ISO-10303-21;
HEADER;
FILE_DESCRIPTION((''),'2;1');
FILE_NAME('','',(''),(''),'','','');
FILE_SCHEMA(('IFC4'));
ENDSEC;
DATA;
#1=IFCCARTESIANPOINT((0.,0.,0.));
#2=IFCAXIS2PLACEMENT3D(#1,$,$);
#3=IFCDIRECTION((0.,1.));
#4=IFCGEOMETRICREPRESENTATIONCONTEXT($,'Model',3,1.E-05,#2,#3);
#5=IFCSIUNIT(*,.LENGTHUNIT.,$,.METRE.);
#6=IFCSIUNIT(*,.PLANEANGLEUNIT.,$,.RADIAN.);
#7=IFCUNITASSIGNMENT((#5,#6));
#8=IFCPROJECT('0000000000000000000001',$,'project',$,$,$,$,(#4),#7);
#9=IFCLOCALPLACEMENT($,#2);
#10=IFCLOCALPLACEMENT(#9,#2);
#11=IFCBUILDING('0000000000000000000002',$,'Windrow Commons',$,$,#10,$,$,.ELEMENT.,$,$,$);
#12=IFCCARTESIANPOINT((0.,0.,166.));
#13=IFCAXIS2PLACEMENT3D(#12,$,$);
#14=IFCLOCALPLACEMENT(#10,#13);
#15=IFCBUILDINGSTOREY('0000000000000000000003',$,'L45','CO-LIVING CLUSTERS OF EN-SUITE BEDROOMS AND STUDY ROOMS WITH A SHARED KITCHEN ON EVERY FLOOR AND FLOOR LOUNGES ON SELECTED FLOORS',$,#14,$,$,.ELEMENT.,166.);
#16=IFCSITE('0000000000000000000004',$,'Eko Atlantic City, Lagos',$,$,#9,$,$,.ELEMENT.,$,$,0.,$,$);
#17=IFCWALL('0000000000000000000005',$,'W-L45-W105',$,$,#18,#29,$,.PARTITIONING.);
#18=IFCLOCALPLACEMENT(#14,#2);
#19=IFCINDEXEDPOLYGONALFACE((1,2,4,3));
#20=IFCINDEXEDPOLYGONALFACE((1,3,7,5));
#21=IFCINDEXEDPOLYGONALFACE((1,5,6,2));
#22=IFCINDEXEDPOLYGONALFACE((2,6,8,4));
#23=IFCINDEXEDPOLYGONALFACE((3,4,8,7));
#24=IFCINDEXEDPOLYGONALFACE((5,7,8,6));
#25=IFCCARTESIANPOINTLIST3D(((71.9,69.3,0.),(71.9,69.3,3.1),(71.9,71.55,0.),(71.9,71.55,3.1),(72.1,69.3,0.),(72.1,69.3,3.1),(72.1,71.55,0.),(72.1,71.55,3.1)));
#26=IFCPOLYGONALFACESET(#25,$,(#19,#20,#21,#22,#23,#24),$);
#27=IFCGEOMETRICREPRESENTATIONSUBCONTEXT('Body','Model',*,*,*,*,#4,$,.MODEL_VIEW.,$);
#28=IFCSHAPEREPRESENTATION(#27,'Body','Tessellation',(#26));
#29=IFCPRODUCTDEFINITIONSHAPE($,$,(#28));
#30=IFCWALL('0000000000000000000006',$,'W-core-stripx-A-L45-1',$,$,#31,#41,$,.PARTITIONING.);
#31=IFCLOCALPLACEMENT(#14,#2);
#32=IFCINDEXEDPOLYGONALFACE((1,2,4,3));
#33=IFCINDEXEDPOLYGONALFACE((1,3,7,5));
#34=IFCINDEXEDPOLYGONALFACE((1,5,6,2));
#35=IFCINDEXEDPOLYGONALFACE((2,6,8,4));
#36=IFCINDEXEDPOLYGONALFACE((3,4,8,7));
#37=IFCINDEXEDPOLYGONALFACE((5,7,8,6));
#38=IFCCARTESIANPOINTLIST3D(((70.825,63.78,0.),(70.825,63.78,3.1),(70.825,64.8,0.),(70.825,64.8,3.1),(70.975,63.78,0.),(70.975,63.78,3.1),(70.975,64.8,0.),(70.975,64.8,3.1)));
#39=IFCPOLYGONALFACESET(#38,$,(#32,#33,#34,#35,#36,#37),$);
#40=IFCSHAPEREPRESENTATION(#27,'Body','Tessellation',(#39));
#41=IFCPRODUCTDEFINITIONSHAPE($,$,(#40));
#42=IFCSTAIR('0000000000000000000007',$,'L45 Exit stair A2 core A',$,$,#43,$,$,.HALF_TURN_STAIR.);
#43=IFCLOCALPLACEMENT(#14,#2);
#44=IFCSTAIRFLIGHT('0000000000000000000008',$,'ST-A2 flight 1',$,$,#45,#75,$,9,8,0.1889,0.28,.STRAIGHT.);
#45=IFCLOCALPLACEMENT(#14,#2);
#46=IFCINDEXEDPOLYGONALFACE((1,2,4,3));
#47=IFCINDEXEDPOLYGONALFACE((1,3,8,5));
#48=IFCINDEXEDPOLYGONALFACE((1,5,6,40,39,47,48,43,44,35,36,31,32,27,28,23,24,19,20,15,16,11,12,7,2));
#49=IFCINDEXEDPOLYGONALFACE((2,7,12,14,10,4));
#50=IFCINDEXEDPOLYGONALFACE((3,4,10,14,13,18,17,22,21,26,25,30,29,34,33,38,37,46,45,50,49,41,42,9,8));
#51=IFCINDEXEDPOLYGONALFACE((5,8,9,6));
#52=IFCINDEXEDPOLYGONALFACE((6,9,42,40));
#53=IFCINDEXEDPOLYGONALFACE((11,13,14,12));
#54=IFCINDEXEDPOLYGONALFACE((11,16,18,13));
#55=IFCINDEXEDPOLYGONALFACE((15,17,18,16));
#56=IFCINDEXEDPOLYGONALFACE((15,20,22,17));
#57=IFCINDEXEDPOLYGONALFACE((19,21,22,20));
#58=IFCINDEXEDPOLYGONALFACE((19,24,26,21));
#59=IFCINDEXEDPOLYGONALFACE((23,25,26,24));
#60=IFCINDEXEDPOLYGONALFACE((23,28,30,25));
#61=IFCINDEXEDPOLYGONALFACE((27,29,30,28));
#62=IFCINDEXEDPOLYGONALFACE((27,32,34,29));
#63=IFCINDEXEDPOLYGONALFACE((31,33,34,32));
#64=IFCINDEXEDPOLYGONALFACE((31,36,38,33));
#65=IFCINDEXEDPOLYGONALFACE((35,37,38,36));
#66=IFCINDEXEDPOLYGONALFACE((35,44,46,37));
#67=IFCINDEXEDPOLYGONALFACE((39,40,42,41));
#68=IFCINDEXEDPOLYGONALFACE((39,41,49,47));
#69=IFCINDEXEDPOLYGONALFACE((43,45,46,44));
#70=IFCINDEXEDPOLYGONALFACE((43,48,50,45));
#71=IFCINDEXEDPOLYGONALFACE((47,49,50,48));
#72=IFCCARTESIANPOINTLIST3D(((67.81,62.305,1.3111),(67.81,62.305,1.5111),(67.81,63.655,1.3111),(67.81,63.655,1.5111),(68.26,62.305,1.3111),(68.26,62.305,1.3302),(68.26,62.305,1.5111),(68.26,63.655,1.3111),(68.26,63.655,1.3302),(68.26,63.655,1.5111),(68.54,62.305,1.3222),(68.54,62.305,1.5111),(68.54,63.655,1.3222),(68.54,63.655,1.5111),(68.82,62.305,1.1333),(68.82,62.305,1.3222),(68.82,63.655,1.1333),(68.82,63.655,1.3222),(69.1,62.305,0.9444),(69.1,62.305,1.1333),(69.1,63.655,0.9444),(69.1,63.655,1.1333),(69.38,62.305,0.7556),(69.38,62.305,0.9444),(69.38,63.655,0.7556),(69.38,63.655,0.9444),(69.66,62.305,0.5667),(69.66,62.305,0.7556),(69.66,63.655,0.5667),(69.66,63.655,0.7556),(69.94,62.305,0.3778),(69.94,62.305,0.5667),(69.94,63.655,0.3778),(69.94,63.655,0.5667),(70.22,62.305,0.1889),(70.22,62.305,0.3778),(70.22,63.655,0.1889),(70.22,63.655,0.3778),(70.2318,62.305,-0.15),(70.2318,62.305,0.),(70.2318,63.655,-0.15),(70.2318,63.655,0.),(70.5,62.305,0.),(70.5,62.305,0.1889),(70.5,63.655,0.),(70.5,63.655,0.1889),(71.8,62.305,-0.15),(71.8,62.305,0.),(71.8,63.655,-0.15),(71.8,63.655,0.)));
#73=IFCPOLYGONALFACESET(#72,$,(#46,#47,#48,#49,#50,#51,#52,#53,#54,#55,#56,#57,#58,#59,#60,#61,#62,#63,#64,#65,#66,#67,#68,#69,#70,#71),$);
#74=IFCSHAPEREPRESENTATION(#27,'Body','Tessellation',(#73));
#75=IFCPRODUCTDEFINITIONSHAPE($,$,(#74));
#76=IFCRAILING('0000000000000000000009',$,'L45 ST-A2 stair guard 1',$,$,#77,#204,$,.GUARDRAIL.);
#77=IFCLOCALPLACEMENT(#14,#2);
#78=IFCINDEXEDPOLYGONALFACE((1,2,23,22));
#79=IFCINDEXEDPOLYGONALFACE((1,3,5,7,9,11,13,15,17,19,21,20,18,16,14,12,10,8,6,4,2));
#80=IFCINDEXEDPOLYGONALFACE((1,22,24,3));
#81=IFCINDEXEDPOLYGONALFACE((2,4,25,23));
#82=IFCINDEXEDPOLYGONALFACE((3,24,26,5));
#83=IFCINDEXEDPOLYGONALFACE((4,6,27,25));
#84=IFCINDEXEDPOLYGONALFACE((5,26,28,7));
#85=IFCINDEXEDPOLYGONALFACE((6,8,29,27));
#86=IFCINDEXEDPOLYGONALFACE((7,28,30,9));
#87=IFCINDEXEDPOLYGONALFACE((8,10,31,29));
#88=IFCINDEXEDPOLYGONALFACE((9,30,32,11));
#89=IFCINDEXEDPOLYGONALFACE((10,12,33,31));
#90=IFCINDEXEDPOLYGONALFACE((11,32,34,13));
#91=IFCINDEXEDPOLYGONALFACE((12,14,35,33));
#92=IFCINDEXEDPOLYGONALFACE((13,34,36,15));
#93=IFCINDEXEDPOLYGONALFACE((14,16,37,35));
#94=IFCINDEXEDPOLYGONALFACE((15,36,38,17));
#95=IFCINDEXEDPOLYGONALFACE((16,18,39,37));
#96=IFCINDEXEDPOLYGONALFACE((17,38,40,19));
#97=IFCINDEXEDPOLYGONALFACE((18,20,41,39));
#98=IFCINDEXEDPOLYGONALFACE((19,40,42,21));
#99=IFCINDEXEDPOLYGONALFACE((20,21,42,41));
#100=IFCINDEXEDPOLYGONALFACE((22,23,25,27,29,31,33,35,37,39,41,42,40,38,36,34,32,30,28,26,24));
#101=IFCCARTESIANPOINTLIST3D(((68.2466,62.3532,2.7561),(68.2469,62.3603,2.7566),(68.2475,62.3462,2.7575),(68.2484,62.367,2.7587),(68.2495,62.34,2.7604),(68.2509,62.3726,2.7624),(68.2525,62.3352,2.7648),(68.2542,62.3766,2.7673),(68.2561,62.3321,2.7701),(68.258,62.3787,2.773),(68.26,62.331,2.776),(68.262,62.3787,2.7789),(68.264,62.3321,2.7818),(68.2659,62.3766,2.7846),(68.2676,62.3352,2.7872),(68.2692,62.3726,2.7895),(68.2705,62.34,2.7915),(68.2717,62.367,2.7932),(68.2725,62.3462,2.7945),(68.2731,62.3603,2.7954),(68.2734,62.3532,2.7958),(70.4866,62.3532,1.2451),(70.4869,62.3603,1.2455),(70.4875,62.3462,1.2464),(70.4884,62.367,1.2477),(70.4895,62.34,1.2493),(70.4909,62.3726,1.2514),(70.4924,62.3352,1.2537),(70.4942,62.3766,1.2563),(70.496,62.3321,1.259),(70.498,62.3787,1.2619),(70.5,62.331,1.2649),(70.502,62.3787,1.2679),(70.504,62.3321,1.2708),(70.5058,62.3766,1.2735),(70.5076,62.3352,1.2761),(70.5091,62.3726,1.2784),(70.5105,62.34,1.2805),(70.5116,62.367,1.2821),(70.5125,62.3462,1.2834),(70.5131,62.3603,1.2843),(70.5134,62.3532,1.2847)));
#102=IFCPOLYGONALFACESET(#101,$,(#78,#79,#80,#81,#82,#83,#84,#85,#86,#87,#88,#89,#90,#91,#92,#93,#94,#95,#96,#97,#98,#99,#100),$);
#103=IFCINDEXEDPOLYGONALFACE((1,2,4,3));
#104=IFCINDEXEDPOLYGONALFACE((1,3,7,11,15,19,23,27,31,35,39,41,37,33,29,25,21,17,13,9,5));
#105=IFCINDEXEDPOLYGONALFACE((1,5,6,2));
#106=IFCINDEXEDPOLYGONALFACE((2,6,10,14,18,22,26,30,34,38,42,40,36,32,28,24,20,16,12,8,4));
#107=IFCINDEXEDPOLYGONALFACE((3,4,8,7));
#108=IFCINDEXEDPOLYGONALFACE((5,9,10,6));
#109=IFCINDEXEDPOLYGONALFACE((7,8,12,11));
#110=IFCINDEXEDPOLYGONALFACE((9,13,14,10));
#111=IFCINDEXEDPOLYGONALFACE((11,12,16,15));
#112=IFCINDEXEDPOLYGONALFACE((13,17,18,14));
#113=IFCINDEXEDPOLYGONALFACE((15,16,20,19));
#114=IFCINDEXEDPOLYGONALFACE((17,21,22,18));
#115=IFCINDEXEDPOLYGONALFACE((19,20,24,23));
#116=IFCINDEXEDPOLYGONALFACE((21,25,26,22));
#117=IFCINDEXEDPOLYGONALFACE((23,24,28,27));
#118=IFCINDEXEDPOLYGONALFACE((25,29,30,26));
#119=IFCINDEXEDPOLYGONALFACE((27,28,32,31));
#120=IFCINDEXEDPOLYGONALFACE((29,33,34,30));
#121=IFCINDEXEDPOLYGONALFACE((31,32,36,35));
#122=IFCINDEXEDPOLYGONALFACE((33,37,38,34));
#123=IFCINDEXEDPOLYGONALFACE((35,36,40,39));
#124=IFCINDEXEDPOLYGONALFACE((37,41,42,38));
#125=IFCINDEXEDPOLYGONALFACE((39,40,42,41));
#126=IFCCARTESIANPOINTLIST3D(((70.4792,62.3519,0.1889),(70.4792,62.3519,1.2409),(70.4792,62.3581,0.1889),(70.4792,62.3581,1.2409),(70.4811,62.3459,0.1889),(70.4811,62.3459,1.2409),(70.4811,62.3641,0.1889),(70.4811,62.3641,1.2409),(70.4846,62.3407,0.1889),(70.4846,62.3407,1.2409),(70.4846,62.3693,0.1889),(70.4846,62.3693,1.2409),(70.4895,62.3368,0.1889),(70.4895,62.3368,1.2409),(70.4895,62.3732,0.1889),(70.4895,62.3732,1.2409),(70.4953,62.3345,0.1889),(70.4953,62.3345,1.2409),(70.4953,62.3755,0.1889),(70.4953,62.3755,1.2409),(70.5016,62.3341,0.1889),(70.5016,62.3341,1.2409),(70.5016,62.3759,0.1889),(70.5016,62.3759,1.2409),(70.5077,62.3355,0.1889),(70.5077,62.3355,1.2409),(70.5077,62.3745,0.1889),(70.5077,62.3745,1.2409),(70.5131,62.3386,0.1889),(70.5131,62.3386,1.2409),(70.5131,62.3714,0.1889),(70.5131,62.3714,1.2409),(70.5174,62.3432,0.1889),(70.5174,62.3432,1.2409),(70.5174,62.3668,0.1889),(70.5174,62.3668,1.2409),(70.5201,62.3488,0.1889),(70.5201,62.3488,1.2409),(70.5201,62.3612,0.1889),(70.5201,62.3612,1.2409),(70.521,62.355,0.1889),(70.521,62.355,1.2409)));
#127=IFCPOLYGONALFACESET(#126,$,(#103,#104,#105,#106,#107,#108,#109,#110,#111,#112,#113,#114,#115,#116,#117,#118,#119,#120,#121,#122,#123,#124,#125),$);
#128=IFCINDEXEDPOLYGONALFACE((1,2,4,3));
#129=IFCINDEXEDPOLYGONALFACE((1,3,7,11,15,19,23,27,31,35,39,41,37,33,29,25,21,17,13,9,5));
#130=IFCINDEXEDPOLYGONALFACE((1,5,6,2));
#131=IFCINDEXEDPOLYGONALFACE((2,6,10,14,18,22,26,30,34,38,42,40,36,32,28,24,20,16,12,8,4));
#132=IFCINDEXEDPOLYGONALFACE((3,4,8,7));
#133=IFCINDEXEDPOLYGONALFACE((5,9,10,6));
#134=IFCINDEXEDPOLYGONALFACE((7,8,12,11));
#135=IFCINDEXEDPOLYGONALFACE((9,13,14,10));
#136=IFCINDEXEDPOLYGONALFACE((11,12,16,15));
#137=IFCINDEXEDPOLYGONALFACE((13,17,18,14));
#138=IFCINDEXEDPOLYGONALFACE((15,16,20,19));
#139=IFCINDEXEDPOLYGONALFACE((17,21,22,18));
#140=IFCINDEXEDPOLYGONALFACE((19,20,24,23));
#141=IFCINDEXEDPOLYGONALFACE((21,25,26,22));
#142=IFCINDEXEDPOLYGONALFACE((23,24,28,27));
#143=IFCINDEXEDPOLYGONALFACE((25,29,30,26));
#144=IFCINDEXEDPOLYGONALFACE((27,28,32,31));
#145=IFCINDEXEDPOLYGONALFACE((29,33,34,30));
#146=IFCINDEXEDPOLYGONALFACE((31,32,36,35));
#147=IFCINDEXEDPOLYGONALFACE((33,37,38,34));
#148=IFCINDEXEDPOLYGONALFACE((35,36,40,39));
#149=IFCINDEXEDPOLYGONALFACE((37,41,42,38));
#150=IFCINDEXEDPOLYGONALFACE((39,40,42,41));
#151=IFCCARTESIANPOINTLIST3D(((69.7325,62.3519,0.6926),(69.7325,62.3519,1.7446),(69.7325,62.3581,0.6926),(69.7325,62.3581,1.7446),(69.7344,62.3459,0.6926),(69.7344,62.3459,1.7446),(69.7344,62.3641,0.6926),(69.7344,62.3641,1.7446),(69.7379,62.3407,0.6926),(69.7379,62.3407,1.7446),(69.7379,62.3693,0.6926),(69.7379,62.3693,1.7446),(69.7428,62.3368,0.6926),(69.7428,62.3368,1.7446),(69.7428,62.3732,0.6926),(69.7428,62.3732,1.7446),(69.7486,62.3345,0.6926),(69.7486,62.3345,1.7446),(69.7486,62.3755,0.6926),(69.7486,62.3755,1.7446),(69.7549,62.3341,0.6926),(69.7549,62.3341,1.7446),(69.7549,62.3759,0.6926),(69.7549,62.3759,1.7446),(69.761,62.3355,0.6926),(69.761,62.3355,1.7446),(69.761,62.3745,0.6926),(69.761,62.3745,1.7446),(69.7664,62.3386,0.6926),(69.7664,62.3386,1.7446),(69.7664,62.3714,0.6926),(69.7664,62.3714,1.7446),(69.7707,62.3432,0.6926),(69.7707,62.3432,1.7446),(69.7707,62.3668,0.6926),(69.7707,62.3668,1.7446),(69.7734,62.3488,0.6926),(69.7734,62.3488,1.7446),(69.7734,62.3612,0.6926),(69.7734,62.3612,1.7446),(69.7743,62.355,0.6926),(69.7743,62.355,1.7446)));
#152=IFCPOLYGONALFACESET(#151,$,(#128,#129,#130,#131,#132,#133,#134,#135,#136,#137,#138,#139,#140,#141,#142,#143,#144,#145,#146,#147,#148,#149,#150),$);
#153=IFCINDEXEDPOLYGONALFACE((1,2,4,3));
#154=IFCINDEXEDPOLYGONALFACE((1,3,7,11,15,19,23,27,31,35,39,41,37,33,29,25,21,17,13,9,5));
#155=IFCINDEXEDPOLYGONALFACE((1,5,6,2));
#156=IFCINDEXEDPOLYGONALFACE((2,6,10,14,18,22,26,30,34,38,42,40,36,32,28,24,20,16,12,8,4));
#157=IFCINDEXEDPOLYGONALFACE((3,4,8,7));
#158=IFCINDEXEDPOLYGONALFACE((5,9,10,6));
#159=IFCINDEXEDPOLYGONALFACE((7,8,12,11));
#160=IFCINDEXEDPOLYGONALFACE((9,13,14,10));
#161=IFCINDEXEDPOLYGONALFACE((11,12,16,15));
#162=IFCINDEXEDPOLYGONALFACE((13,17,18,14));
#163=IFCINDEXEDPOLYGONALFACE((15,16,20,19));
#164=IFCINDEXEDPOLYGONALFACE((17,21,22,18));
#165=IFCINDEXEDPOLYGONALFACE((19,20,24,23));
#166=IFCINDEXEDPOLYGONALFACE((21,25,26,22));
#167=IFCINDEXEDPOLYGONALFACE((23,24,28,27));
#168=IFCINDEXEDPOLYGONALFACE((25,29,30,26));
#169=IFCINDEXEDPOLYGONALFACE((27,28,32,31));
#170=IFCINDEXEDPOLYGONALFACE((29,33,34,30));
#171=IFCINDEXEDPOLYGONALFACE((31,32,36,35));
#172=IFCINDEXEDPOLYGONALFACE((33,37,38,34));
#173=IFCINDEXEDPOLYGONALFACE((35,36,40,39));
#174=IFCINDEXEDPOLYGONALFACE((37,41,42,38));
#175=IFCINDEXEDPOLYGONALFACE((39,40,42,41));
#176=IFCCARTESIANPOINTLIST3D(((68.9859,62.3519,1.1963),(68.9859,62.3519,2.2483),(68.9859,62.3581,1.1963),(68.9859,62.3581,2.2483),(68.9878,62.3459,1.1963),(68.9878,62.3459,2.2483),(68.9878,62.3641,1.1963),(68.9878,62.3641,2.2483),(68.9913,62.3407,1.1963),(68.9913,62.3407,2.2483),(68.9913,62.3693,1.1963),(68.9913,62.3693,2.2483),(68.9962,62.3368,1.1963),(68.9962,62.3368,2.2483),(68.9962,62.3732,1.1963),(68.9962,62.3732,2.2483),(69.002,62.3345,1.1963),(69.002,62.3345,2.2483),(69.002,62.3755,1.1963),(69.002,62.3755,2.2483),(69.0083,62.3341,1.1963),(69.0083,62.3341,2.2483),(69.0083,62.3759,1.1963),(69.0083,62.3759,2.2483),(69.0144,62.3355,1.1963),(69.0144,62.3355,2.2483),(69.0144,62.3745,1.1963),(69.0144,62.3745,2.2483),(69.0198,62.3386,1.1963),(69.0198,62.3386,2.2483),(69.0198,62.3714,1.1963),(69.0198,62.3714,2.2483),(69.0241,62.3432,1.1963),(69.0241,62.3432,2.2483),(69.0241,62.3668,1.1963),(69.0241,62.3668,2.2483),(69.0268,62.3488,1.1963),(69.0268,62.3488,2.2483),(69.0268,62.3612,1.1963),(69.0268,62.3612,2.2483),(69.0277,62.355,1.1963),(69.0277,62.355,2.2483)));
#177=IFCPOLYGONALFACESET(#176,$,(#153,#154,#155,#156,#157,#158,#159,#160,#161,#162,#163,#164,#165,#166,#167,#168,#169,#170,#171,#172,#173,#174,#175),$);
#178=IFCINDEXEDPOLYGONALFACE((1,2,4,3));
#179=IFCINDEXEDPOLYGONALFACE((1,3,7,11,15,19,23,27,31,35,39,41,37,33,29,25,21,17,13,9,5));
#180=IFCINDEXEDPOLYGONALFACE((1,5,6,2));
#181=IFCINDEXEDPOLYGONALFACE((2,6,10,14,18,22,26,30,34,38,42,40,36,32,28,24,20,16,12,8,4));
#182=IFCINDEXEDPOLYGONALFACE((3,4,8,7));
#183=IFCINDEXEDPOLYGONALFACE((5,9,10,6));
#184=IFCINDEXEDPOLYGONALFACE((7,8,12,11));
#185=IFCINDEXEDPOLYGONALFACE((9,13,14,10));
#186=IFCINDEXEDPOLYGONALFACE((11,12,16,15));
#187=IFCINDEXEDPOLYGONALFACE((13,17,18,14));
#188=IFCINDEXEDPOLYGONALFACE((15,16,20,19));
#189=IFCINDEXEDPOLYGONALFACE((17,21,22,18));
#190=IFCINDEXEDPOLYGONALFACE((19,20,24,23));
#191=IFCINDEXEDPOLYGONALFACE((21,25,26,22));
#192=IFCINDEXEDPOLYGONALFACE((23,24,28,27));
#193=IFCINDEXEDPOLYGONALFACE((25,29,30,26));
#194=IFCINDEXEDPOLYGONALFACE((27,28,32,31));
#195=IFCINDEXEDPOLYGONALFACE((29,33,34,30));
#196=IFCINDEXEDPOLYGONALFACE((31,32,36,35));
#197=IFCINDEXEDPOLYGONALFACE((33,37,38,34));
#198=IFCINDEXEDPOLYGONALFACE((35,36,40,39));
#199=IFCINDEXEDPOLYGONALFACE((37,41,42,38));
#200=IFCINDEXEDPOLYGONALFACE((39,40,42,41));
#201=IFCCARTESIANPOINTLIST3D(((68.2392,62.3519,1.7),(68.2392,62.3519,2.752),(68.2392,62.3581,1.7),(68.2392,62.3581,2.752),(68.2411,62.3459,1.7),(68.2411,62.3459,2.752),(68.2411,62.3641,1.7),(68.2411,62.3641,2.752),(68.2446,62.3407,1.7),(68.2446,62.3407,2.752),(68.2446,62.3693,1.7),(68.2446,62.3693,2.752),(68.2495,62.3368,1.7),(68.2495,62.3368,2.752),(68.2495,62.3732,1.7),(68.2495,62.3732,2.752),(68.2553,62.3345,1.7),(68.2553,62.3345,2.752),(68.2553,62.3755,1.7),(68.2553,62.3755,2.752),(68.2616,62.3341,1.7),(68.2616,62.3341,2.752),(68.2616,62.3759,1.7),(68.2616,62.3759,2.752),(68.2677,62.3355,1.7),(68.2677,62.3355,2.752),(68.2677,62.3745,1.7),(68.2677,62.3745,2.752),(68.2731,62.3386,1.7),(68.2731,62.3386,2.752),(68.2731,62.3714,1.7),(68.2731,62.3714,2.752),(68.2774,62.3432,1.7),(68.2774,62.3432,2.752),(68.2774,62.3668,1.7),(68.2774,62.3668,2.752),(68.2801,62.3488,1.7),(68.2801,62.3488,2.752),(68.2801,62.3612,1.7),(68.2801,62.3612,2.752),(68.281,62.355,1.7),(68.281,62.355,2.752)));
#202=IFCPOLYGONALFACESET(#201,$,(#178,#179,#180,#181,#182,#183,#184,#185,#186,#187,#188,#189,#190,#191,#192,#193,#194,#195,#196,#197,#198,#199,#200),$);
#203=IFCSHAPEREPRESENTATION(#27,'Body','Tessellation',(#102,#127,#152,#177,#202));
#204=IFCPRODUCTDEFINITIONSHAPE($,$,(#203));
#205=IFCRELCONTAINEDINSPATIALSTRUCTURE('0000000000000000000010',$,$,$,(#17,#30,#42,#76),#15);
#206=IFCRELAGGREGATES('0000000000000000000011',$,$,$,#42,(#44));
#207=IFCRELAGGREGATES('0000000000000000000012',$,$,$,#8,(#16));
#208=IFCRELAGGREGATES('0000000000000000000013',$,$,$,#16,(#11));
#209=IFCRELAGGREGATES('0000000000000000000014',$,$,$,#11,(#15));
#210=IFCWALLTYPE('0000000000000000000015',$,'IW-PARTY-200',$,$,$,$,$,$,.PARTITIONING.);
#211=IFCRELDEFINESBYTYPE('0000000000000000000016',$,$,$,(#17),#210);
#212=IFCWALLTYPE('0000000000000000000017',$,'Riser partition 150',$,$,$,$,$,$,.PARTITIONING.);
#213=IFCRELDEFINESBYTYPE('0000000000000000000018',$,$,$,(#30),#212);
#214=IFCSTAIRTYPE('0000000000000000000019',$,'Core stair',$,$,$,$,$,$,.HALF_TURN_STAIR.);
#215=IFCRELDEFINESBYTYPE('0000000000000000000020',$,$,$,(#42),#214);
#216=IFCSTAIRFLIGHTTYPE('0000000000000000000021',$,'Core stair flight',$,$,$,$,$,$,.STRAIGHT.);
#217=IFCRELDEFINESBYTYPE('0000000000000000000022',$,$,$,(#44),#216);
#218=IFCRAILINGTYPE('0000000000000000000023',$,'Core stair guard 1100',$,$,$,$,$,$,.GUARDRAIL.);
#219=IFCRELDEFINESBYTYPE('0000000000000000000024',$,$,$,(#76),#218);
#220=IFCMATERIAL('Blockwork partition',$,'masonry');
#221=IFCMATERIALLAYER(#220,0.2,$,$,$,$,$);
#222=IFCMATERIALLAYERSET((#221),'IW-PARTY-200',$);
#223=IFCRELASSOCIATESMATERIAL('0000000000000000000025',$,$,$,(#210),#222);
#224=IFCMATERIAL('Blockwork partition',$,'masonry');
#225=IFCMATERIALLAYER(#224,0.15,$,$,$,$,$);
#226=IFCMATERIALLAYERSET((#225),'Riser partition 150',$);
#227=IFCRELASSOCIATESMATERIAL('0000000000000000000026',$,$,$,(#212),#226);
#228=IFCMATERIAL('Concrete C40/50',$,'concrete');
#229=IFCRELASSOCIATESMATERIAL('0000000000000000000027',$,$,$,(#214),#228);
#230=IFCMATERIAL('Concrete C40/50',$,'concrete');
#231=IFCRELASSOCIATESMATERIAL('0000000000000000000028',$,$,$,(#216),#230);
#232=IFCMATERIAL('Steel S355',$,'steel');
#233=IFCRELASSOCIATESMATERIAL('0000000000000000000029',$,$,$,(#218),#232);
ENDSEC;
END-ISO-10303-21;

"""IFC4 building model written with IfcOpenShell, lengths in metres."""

from ifc_helpers import new_model, si_unit, direction, frame, frame_2d, origin, origin_2d, place, context, subcontext, project, spatial, polyline, rectangle, circle, outline, extrude, material, layer, layer_set, type_object, element, aggregate, save


model = new_model("IFC4")

# Units and contexts
model_context = context("Model", 3, precision=1e-05, world=origin(), true_north=direction((0.0, 1.0)))
body_context = subcontext(model_context, "Body", "Model", "MODEL_VIEW")
ifc_project = project(units=[si_unit("LENGTHUNIT", "METRE"), si_unit("PLANEANGLEUNIT", "RADIAN")], contexts=[model_context])

# Site, building, storey
site_placement = place(None, origin())
site = spatial("IfcSite", under=ifc_project, at=site_placement, Name="Eko Atlantic City, Lagos", CompositionType="ELEMENT", RefElevation=0.0)
building_placement = place(site_placement, origin())
building = spatial("IfcBuilding", under=site, at=building_placement, Name="Windrow Commons", CompositionType="ELEMENT")
storey_placement = place(building_placement, frame((0.0, 0.0, 166.0)))
storey = spatial("IfcBuildingStorey", under=building, at=storey_placement, Name="L45", Description="CO-LIVING CLUSTERS OF EN-SUITE BEDROOMS AND STUDY ROOMS WITH A SHARED KITCHEN ON EVERY FLOOR AND FLOOR LOUNGES ON SELECTED FLOORS", CompositionType="ELEMENT", Elevation=166.0)

# Walls
ifc_material_1 = material(Name="Blockwork partition", Category="masonry")
ifc_layer_1 = layer(ifc_material_1, 0.2)
ifc_layer_set_1 = layer_set([ifc_layer_1], Name="IW-PARTY-200")
wall_type_1 = type_object("IfcWallType", Name="IW-PARTY-200", PredefinedType="PARTITIONING", material=ifc_layer_set_1)
wall_1_placement = place(storey_placement, frame((72.0, 69.3, 0.0), z_axis=(0.0, 0.0, 1.0), x_axis=(0.0, 1.0, 0.0)))
element("IfcWall", 1, at=wall_1_placement, inside=storey, type_object=wall_type_1, Name="W-L45-W105", PredefinedType="PARTITIONING", context=body_context, shape_type="SweptSolid", body=[
    extrude(rectangle(XDim=2.25, YDim=0.2, at=frame_2d((1.125, 0.0))), origin(), (0.0, 0.0, 1.0), 3.1),
])
ifc_material_2 = material(Name="Blockwork partition", Category="masonry")
ifc_layer_2 = layer(ifc_material_2, 0.15)
ifc_layer_set_2 = layer_set([ifc_layer_2], Name="Riser partition 150")
wall_type_2 = type_object("IfcWallType", Name="Riser partition 150", PredefinedType="PARTITIONING", material=ifc_layer_set_2)
wall_2_placement = place(storey_placement, frame((70.9, 63.78, 0.0), z_axis=(0.0, 0.0, 1.0), x_axis=(0.0, 1.0, 0.0)))
element("IfcWall", 2, at=wall_2_placement, inside=storey, type_object=wall_type_2, Name="W-core-stripx-A-L45-1", PredefinedType="PARTITIONING", context=body_context, shape_type="SweptSolid", body=[
    extrude(rectangle(XDim=1.02, YDim=0.15, at=frame_2d((0.51, 0.0))), origin(), (0.0, 0.0, 1.0), 3.1),
])

# Stair, stair flight
ifc_material_3 = material(Name="Concrete C40/50", Category="concrete")
stair_type = type_object("IfcStairType", Name="Core stair", PredefinedType="HALF_TURN_STAIR", material=ifc_material_3)
stair_placement = place(storey_placement, origin())
stair = element("IfcStair", 3, at=stair_placement, inside=storey, type_object=stair_type, Name="L45 Exit stair A2 core A", PredefinedType="HALF_TURN_STAIR")
ifc_material_4 = material(Name="Concrete C40/50", Category="concrete")
stair_flight_type = type_object("IfcStairFlightType", Name="Core stair flight", PredefinedType="STRAIGHT", material=ifc_material_4)
stair_flight_placement = place(storey_placement, frame((70.5, 62.98, 0.0), z_axis=(0.0, 0.0, 1.0), x_axis=(-1.0, 0.0, 0.0)))
stair_flight = element("IfcStairFlight", 4, at=stair_flight_placement, type_object=stair_flight_type, Name="ST-A2 flight 1", NumberOfRisers=9, NumberOfTreads=8, PredefinedType="STRAIGHT", RiserHeight=0.1889, TreadLength=0.28, context=body_context, shape_type="SweptSolid", body=[
    extrude(outline(polyline([(-1.3, -0.15), (-1.3, 0.0), (0.0, 0.0), (0.0, 0.1889), (0.28, 0.1889), (0.28, 0.3778), (0.56, 0.3778), (0.56, 0.5667), (0.84, 0.5667), (0.84, 0.7556), (1.12, 0.7556), (1.12, 0.9444), (1.4, 0.9444), (1.4, 1.1333), (1.68, 1.1333), (1.68, 1.3222), (1.96, 1.3222), (1.96, 1.5111), (2.24, 1.5111), (2.69, 1.5111), (2.69, 1.3111), (2.24, 1.3111), (2.24, 1.3302), (0.2682, 0.0), (0.2682, -0.15), (-1.3, -0.15)])), frame((0.0, 0.675, 0.0), z_axis=(0.0, -1.0, 0.0), x_axis=(1.0, 0.0, 0.0)), (0.0, 0.0, 1.0), 1.35),
])
aggregate(stair, [stair_flight])

# Railing
ifc_material_5 = material(Name="Steel S355", Category="steel")
railing_type_1 = type_object("IfcRailingType", Name="Core stair guard 1100", PredefinedType="GUARDRAIL", material=ifc_material_5)
railing_1_placement = place(storey_placement, frame((70.5, 62.355, 0.1889)))
element("IfcRailing", 5, at=railing_1_placement, inside=storey, type_object=railing_type_1, Name="L45 ST-A2 stair guard 1", PredefinedType="GUARDRAIL", context=body_context, shape_type="SweptSolid", body=[
    extrude(circle(Radius=0.024, at=origin_2d()), frame((0.0, 0.0, 1.076), z_axis=(-0.829003, 0.0, 0.559244), x_axis=(0.0, -1.0, 0.0)), (0.0, 0.0, 1.0), 2.702),
    extrude(circle(Radius=0.021, at=origin_2d()), origin(), (0.0, 0.0, 1.0), 1.052),
    extrude(circle(Radius=0.021, at=origin_2d()), frame((-0.7467, 0.0, 0.5037)), (0.0, 0.0, 1.0), 1.052),
    extrude(circle(Radius=0.021, at=origin_2d()), frame((-1.4933, 0.0, 1.0074)), (0.0, 0.0, 1.0), 1.052),
    extrude(circle(Radius=0.021, at=origin_2d()), frame((-2.24, 0.0, 1.5111)), (0.0, 0.0, 1.0), 1.052),
])

save(model, "model.ifc")
